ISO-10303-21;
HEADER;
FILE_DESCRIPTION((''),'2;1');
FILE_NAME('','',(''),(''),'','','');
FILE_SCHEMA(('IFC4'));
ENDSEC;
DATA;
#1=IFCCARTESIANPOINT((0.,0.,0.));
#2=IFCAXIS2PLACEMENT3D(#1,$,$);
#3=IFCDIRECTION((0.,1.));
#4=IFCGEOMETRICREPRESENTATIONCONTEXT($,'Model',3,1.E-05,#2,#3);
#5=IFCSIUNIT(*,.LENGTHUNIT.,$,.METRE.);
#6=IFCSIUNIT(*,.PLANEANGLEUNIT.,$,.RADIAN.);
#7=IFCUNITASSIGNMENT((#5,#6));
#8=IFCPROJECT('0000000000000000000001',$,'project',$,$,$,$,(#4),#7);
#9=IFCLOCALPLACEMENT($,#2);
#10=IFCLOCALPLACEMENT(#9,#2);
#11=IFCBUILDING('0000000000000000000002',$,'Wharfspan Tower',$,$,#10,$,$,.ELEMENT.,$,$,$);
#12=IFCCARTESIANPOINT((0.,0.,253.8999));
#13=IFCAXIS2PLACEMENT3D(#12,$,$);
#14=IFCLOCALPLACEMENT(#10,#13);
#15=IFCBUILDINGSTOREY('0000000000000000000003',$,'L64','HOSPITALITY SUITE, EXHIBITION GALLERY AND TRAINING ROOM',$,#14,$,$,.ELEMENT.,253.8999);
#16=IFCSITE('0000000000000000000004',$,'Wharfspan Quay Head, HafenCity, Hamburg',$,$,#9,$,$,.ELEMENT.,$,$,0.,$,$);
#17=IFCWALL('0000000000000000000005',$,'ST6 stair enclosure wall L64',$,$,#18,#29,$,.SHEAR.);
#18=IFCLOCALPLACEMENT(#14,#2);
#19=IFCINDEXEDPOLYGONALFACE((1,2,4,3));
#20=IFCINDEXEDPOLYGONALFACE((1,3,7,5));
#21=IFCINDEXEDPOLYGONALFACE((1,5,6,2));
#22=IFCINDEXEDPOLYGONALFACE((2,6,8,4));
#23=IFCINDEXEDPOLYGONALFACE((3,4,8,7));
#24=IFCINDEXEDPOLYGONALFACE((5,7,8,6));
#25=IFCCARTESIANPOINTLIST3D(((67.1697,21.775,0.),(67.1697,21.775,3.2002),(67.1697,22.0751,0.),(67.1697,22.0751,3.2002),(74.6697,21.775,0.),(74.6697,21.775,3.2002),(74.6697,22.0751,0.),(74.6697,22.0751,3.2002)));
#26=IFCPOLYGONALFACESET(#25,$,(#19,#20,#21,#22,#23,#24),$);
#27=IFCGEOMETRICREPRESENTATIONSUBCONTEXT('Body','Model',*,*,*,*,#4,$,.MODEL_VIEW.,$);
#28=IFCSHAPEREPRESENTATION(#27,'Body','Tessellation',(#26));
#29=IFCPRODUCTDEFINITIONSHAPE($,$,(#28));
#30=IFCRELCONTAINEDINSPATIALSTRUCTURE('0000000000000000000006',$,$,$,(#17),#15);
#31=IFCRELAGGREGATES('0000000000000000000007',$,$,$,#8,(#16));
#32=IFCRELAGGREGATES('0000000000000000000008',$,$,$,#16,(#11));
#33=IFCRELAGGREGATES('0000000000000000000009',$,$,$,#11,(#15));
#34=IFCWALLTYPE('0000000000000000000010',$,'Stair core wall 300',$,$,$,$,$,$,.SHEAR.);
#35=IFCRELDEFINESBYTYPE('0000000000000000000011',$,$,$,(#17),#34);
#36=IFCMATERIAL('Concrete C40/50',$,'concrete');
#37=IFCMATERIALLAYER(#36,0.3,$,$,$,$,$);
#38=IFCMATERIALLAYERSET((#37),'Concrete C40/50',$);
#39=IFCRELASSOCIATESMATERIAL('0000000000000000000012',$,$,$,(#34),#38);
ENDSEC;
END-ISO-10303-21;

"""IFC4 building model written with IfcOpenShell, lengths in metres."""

from ifc_helpers import new_model, si_unit, direction, frame, frame_2d, origin, place, context, subcontext, project, spatial, rectangle, extrude, material, layer, layer_set, type_object, element, save


model = new_model("IFC4")

# Units and contexts
model_context = context("Model", 3, precision=1e-05, world=origin(), true_north=direction((0.0, 1.0)))
body_context = subcontext(model_context, "Body", "Model", "MODEL_VIEW")
ifc_project = project(units=[si_unit("LENGTHUNIT", "METRE"), si_unit("PLANEANGLEUNIT", "RADIAN")], contexts=[model_context])

# Site, building, storey
site_placement = place(None, origin())
site = spatial("IfcSite", under=ifc_project, at=site_placement, Name="Wharfspan Quay Head, HafenCity, Hamburg", CompositionType="ELEMENT", RefElevation=0.0)
building_placement = place(site_placement, origin())
building = spatial("IfcBuilding", under=site, at=building_placement, Name="Wharfspan Tower", CompositionType="ELEMENT")
storey_placement = place(building_placement, frame((0.0, 0.0, 253.8999)))
storey = spatial("IfcBuildingStorey", under=building, at=storey_placement, Name="L64", Description="HOSPITALITY SUITE, EXHIBITION GALLERY AND TRAINING ROOM", CompositionType="ELEMENT", Elevation=253.8999)

# Shared definitions
ifc_material_1 = material(Name="Concrete C40/50", Category="concrete")
ifc_layer_1 = layer(ifc_material_1, 0.3)
ifc_layer_set_1 = layer_set([ifc_layer_1], Name="Concrete C40/50")
wall_type_1 = type_object("IfcWallType", Name="Stair core wall 300", PredefinedType="SHEAR", material=ifc_layer_set_1)

# Wall
wall_1_placement = place(storey_placement, frame((67.1697, 21.925, 0.0), z_axis=(0.0, 0.0, 1.0), x_axis=(1.0, 0.0, 0.0)))
element("IfcWall", 1, at=wall_1_placement, inside=storey, type_object=wall_type_1, Name="ST6 stair enclosure wall L64", PredefinedType="SHEAR", context=body_context, shape_type="SweptSolid", body=[
    extrude(rectangle(XDim=7.5, YDim=0.3, at=frame_2d((3.75, 0.0))), origin(), (0.0, 0.0, 1.0), 3.2002),
])

save(model, "model.ifc")
